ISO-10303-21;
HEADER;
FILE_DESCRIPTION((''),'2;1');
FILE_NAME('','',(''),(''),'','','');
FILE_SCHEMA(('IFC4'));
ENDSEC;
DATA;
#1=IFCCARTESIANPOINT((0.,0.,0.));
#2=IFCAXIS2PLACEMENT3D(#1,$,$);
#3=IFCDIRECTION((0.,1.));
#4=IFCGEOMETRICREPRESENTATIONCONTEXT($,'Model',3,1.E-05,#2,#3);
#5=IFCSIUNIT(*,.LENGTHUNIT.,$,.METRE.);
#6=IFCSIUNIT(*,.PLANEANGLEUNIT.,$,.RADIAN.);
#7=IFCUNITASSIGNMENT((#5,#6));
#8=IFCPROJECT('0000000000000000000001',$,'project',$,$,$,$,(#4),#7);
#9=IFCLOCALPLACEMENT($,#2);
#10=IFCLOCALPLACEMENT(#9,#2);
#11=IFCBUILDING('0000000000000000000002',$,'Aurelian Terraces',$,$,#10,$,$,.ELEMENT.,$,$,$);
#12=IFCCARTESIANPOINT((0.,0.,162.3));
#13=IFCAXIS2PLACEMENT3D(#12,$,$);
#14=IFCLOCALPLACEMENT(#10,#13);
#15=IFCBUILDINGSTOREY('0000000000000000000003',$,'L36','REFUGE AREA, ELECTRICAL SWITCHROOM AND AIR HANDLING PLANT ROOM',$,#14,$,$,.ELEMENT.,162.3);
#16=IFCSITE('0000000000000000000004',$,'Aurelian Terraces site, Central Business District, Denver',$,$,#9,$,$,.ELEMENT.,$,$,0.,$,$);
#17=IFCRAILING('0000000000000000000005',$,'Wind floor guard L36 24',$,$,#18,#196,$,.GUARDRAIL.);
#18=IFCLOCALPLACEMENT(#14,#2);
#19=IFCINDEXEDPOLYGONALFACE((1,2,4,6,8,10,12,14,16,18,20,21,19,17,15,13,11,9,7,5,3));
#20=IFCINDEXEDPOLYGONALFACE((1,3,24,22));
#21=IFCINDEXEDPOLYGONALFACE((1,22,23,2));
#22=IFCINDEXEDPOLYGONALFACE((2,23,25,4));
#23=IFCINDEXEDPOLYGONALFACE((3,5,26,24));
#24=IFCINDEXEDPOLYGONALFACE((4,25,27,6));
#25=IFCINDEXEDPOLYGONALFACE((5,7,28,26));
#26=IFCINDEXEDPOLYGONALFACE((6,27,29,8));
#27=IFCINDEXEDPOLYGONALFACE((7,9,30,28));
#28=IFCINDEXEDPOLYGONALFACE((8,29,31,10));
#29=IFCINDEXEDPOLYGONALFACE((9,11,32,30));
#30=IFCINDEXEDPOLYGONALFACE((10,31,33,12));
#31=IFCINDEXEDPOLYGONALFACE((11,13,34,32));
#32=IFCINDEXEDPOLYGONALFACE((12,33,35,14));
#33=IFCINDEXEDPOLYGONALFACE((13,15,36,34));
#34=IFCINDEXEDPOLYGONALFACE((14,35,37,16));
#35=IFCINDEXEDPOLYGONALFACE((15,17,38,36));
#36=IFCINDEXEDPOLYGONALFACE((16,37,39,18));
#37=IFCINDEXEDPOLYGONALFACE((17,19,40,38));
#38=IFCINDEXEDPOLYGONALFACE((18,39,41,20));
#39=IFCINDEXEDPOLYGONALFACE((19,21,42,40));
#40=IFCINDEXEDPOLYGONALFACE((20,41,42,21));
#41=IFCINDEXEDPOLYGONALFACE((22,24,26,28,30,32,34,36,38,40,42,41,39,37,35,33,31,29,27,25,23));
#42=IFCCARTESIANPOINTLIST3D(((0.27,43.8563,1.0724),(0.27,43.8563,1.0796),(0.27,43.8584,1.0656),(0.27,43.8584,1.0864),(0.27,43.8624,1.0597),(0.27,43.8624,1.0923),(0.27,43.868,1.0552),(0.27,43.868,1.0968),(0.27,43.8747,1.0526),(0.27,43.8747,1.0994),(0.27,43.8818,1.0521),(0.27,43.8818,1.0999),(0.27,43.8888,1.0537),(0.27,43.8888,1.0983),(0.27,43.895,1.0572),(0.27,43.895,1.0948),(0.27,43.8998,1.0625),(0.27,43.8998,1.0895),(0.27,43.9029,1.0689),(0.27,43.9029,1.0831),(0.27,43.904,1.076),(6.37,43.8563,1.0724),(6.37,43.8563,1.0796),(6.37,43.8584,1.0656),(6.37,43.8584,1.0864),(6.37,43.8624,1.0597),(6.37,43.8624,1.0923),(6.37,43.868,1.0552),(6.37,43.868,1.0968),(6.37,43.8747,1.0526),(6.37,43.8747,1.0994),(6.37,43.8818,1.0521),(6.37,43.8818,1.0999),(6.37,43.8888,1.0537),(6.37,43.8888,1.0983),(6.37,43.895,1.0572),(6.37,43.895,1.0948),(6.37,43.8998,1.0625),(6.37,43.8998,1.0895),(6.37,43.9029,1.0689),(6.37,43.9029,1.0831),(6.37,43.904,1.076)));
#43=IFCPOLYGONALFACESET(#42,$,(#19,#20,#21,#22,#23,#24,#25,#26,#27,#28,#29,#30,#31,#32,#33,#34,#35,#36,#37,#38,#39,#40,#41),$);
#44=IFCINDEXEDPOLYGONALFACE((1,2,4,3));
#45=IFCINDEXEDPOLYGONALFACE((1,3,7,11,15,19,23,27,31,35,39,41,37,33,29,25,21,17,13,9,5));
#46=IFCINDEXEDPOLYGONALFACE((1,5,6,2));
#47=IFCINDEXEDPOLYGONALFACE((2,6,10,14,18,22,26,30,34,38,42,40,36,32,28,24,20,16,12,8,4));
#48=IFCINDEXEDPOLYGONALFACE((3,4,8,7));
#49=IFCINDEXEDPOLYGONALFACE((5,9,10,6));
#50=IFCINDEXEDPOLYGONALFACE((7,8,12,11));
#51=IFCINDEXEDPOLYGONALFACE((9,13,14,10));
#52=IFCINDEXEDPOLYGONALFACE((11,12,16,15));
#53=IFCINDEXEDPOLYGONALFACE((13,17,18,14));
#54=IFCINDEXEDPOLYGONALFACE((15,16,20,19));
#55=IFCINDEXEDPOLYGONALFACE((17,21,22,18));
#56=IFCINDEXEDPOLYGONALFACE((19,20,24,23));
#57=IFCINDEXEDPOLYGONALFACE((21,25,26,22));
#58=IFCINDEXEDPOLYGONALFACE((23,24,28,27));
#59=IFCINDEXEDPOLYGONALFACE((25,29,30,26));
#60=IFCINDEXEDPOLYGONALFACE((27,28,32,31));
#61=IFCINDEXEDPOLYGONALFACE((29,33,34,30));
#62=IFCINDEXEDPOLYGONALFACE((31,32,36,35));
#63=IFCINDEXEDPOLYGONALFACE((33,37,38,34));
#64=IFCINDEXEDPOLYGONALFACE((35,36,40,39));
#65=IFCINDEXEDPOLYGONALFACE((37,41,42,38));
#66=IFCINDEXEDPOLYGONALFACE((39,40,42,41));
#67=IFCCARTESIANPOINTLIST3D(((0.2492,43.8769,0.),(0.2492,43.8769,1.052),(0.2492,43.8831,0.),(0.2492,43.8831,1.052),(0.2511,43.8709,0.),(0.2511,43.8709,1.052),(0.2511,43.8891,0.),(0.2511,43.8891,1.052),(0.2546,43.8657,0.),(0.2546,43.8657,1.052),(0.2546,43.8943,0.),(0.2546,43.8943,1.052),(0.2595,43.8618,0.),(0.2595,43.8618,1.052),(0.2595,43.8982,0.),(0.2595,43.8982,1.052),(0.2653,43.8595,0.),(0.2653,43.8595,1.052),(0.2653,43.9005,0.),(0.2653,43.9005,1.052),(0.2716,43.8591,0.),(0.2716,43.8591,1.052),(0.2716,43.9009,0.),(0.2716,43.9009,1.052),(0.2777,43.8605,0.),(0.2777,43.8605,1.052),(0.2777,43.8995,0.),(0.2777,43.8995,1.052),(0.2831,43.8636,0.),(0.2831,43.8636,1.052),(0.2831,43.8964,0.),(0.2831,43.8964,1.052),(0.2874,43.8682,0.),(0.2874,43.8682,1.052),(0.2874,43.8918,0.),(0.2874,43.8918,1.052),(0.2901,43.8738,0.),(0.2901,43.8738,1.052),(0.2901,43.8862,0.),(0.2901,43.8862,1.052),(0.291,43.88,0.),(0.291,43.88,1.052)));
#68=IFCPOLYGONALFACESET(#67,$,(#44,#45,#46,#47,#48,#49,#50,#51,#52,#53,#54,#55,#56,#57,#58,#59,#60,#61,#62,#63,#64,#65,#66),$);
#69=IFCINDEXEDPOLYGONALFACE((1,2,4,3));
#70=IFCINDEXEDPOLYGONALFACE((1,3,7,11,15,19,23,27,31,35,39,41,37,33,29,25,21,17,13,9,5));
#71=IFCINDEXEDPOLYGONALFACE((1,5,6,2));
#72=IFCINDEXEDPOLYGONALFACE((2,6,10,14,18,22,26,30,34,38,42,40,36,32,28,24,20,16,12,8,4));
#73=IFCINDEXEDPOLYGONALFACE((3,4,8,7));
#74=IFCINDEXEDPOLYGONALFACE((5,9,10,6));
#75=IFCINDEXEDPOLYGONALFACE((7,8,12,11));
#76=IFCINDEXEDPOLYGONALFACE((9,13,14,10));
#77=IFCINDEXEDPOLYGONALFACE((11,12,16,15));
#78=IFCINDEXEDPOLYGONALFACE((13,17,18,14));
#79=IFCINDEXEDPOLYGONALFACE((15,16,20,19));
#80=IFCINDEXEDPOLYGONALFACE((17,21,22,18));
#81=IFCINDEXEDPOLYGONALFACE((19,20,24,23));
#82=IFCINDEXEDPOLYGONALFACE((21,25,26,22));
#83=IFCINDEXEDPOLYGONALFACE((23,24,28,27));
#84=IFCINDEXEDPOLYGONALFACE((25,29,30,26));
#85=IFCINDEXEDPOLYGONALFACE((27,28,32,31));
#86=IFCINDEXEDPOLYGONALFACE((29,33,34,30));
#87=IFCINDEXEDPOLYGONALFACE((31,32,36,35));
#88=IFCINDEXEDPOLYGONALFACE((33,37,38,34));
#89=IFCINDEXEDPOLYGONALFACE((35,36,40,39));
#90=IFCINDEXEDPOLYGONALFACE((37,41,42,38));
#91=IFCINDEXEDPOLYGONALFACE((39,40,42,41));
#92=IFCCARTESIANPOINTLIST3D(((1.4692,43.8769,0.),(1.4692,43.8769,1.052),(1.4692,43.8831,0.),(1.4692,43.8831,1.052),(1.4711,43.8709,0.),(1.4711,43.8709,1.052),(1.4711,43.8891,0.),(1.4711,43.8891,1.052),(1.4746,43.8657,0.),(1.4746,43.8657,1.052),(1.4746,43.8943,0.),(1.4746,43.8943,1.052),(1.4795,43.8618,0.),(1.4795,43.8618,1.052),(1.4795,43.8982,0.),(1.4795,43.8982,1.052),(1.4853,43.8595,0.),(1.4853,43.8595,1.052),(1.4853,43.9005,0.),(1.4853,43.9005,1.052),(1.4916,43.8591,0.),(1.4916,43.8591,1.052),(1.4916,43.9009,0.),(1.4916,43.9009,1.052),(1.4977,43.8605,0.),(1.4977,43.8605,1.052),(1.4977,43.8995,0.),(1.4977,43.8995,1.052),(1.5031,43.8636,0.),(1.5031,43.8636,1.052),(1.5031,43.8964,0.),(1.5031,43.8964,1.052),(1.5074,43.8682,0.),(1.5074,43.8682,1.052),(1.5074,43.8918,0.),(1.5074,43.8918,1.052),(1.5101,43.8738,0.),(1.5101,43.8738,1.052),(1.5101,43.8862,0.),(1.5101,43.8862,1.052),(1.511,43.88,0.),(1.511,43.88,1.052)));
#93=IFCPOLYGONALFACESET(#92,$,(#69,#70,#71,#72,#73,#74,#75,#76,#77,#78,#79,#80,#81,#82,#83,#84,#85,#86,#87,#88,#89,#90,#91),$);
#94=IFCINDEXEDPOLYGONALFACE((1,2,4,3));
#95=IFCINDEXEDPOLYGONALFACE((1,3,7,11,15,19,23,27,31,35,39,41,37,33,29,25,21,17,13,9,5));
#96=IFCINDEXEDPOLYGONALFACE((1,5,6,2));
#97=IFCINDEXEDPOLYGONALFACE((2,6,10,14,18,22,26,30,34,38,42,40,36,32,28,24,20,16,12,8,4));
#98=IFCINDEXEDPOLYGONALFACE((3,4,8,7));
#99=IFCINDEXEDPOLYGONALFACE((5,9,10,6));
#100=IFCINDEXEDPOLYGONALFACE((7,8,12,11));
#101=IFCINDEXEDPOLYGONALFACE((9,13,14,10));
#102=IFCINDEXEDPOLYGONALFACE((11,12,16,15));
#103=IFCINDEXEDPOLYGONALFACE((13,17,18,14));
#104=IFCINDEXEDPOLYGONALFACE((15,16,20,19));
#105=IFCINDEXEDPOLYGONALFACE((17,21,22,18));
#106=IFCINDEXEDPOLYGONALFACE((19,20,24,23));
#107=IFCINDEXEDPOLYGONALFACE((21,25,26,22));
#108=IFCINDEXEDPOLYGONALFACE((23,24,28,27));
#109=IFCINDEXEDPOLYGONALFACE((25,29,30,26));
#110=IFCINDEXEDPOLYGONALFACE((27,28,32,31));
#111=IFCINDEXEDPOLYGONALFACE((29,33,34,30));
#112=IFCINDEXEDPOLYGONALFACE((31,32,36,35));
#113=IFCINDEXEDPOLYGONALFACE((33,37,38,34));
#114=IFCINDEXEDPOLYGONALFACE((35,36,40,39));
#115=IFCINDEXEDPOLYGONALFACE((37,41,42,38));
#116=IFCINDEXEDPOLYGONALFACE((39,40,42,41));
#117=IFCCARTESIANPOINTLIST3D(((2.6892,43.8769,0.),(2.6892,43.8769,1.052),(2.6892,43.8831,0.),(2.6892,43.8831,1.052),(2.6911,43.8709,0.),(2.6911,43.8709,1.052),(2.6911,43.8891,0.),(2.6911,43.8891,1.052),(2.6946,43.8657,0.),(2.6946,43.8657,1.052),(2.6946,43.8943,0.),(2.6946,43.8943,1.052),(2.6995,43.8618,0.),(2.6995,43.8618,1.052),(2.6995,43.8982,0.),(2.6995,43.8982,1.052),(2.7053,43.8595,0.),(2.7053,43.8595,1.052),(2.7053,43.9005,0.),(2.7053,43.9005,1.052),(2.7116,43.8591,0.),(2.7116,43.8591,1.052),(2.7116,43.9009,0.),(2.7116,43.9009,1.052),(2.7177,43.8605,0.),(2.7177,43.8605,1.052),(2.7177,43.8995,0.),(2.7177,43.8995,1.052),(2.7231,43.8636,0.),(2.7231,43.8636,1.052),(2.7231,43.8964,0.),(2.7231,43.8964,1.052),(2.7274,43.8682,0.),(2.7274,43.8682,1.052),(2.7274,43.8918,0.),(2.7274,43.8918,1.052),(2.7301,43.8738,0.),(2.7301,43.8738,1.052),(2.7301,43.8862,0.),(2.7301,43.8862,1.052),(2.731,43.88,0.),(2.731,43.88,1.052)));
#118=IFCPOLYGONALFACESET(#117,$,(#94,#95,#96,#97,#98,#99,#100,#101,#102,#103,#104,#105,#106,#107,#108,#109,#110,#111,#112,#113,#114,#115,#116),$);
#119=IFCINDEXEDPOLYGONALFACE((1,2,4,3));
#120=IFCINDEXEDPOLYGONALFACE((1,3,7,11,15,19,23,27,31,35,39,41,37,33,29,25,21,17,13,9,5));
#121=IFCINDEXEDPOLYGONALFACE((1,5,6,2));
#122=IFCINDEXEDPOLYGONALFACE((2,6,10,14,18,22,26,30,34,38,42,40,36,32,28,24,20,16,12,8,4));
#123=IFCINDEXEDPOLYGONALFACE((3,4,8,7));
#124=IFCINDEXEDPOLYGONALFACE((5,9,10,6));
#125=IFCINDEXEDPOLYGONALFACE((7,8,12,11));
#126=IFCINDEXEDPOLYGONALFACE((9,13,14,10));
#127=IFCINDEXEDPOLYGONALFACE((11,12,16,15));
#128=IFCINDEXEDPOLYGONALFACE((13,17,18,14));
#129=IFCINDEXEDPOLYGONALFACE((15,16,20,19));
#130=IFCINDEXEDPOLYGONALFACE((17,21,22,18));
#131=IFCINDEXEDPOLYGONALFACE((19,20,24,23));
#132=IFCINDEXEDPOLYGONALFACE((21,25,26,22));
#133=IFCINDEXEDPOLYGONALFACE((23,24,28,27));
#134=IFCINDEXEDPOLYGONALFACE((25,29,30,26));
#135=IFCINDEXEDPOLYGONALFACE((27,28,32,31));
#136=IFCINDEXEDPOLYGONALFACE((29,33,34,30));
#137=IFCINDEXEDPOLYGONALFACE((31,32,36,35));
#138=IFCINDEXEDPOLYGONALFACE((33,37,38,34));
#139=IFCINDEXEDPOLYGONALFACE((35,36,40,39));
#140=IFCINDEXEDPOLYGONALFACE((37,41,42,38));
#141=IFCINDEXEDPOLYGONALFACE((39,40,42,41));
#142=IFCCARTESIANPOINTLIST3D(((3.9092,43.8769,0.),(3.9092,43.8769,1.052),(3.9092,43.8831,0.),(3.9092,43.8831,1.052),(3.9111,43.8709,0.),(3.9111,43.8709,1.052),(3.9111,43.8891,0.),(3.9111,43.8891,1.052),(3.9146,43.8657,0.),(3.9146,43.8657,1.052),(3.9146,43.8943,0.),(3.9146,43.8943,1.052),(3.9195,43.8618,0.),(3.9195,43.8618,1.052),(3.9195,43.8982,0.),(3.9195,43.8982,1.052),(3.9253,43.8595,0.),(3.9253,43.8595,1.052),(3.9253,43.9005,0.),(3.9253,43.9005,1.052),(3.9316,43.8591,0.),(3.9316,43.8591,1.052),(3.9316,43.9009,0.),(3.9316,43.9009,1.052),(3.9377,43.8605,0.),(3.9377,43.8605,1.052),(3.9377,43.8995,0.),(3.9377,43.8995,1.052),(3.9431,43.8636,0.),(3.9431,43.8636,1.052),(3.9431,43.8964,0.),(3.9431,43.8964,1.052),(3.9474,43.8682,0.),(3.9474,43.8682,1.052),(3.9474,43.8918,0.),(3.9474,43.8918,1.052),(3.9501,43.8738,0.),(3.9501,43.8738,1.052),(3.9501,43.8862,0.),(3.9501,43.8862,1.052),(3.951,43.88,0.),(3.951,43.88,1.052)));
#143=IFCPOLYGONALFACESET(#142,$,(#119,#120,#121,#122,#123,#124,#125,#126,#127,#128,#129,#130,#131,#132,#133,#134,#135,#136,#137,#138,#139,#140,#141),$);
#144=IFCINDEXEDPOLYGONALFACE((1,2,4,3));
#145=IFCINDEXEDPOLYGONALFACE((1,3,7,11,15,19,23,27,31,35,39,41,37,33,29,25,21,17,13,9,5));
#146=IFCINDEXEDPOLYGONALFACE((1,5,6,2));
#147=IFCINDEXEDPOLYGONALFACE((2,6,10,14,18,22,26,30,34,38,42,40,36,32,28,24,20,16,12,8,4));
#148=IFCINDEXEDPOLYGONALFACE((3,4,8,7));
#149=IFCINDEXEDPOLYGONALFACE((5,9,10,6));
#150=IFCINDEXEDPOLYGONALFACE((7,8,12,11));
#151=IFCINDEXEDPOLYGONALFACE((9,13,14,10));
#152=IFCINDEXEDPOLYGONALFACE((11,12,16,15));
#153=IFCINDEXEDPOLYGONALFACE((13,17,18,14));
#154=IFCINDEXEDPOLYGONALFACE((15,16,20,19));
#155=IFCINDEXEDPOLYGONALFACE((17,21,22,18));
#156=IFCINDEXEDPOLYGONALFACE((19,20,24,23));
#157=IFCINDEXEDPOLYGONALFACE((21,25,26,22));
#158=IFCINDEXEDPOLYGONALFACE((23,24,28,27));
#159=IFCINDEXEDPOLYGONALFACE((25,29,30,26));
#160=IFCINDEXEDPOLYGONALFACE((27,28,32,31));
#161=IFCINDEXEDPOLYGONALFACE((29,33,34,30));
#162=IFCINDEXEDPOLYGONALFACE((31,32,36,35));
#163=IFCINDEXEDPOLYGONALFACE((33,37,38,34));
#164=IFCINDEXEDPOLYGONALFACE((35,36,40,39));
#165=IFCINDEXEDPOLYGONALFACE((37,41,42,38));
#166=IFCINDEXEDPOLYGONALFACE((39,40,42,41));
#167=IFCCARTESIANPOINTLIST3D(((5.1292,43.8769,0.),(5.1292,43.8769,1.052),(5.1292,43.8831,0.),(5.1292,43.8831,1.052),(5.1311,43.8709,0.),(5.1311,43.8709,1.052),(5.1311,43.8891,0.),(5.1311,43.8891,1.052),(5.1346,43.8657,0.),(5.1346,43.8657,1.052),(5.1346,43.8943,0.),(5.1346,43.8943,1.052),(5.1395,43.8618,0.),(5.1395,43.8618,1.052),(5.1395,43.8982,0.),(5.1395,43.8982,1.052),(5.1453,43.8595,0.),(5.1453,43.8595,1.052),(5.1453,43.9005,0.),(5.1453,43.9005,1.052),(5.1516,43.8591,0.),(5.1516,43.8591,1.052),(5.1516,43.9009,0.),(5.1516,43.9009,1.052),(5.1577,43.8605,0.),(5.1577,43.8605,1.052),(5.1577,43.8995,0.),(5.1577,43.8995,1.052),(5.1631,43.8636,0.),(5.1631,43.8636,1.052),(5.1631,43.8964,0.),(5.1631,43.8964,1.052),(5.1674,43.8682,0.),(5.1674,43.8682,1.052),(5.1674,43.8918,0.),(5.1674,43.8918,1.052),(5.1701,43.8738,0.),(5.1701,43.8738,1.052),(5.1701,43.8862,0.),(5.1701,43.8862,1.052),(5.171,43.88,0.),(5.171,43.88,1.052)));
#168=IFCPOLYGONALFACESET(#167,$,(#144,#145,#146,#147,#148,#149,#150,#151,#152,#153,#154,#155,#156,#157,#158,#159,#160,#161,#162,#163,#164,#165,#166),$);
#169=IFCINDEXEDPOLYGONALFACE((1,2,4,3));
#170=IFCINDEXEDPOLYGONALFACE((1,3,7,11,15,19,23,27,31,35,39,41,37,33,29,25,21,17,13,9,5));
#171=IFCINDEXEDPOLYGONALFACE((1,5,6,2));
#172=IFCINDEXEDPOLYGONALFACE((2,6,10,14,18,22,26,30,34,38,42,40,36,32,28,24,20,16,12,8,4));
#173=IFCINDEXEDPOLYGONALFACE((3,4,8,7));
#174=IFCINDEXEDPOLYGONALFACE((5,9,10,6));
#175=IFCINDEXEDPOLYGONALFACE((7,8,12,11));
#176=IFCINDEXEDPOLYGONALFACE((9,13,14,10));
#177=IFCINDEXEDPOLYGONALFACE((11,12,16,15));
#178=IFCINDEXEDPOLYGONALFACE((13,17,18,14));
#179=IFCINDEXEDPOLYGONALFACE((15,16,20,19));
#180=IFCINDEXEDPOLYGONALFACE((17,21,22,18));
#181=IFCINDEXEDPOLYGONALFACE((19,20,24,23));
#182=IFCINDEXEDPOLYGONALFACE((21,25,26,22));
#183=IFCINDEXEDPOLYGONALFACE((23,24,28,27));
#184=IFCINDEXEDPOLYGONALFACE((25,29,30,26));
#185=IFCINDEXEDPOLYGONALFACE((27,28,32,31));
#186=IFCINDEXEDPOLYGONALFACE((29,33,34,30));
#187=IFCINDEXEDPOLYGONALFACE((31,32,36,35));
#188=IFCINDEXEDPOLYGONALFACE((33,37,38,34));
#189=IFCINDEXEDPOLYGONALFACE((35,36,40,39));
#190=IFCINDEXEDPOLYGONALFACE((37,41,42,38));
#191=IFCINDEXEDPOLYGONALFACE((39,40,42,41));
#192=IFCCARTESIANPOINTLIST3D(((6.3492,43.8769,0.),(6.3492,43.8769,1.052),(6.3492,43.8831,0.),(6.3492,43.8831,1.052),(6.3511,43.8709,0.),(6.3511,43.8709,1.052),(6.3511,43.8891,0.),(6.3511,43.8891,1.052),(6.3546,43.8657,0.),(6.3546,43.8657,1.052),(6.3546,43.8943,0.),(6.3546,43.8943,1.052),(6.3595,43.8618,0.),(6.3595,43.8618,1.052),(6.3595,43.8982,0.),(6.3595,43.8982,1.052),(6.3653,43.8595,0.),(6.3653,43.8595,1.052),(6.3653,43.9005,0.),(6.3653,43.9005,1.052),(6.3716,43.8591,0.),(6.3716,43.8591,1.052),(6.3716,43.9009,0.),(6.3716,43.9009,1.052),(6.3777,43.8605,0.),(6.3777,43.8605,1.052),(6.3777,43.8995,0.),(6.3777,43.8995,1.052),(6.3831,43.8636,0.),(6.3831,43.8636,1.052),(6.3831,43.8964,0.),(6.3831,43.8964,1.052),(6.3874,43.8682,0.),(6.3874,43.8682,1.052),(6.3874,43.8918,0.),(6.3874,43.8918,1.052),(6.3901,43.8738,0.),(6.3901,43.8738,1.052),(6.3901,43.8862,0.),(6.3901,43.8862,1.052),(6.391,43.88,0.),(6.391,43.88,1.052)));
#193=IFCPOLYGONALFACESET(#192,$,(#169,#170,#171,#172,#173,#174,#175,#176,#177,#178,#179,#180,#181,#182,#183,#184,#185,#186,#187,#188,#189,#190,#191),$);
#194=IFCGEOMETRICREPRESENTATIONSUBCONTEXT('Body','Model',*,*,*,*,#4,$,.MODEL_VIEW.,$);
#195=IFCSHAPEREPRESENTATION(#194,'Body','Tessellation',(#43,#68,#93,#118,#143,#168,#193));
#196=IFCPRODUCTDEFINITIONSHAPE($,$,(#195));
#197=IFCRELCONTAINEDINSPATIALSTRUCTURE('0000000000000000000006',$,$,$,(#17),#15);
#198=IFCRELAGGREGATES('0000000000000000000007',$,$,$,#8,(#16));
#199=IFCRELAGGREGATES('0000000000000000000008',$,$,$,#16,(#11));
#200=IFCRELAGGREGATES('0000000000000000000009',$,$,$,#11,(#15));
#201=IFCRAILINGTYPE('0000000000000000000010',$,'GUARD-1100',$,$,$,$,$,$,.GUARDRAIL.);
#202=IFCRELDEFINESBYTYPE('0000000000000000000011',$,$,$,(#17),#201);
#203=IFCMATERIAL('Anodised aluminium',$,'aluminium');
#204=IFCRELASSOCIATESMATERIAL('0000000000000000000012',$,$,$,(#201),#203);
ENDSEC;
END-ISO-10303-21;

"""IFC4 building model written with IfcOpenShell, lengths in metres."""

from ifc_helpers import new_model, si_unit, direction, frame, origin, origin_2d, place, context, subcontext, project, spatial, circle, extrude, material, type_object, element, save


model = new_model("IFC4")

# Units and contexts
model_context = context("Model", 3, precision=1e-05, world=origin(), true_north=direction((0.0, 1.0)))
body_context = subcontext(model_context, "Body", "Model", "MODEL_VIEW")
ifc_project = project(units=[si_unit("LENGTHUNIT", "METRE"), si_unit("PLANEANGLEUNIT", "RADIAN")], contexts=[model_context])

# Site, building, storey
site_placement = place(None, origin())
site = spatial("IfcSite", under=ifc_project, at=site_placement, Name="Aurelian Terraces site, Central Business District, Denver", CompositionType="ELEMENT", RefElevation=0.0)
building_placement = place(site_placement, origin())
building = spatial("IfcBuilding", under=site, at=building_placement, Name="Aurelian Terraces", CompositionType="ELEMENT")
storey_placement = place(building_placement, frame((0.0, 0.0, 162.3)))
storey = spatial("IfcBuildingStorey", under=building, at=storey_placement, Name="L36", Description="REFUGE AREA, ELECTRICAL SWITCHROOM AND AIR HANDLING PLANT ROOM", CompositionType="ELEMENT", Elevation=162.3)

# Railing
ifc_material_1 = material(Name="Anodised aluminium", Category="aluminium")
railing_type_1 = type_object("IfcRailingType", Name="GUARD-1100", PredefinedType="GUARDRAIL", material=ifc_material_1)
railing_1_placement = place(storey_placement, frame((0.27, 43.88, 0.0)))
element("IfcRailing", 1, at=railing_1_placement, inside=storey, type_object=railing_type_1, Name="Wind floor guard L36 24", PredefinedType="GUARDRAIL", context=body_context, shape_type="SweptSolid", body=[
    extrude(circle(Radius=0.024, at=origin_2d()), frame((0.0, 0.0, 1.076), z_axis=(1.0, 0.0, 0.0), x_axis=(0.0, 1.0, 0.0)), (0.0, 0.0, 1.0), 6.1),
    extrude(circle(Radius=0.021, at=origin_2d()), origin(), (0.0, 0.0, 1.0), 1.052),
    extrude(circle(Radius=0.021, at=origin_2d()), frame((1.22, 0.0, 0.0)), (0.0, 0.0, 1.0), 1.052),
    extrude(circle(Radius=0.021, at=origin_2d()), frame((2.44, 0.0, 0.0)), (0.0, 0.0, 1.0), 1.052),
    extrude(circle(Radius=0.021, at=origin_2d()), frame((3.66, 0.0, 0.0)), (0.0, 0.0, 1.0), 1.052),
    extrude(circle(Radius=0.021, at=origin_2d()), frame((4.88, 0.0, 0.0)), (0.0, 0.0, 1.0), 1.052),
    extrude(circle(Radius=0.021, at=origin_2d()), frame((6.1, 0.0, 0.0)), (0.0, 0.0, 1.0), 1.052),
])

save(model, "model.ifc")
